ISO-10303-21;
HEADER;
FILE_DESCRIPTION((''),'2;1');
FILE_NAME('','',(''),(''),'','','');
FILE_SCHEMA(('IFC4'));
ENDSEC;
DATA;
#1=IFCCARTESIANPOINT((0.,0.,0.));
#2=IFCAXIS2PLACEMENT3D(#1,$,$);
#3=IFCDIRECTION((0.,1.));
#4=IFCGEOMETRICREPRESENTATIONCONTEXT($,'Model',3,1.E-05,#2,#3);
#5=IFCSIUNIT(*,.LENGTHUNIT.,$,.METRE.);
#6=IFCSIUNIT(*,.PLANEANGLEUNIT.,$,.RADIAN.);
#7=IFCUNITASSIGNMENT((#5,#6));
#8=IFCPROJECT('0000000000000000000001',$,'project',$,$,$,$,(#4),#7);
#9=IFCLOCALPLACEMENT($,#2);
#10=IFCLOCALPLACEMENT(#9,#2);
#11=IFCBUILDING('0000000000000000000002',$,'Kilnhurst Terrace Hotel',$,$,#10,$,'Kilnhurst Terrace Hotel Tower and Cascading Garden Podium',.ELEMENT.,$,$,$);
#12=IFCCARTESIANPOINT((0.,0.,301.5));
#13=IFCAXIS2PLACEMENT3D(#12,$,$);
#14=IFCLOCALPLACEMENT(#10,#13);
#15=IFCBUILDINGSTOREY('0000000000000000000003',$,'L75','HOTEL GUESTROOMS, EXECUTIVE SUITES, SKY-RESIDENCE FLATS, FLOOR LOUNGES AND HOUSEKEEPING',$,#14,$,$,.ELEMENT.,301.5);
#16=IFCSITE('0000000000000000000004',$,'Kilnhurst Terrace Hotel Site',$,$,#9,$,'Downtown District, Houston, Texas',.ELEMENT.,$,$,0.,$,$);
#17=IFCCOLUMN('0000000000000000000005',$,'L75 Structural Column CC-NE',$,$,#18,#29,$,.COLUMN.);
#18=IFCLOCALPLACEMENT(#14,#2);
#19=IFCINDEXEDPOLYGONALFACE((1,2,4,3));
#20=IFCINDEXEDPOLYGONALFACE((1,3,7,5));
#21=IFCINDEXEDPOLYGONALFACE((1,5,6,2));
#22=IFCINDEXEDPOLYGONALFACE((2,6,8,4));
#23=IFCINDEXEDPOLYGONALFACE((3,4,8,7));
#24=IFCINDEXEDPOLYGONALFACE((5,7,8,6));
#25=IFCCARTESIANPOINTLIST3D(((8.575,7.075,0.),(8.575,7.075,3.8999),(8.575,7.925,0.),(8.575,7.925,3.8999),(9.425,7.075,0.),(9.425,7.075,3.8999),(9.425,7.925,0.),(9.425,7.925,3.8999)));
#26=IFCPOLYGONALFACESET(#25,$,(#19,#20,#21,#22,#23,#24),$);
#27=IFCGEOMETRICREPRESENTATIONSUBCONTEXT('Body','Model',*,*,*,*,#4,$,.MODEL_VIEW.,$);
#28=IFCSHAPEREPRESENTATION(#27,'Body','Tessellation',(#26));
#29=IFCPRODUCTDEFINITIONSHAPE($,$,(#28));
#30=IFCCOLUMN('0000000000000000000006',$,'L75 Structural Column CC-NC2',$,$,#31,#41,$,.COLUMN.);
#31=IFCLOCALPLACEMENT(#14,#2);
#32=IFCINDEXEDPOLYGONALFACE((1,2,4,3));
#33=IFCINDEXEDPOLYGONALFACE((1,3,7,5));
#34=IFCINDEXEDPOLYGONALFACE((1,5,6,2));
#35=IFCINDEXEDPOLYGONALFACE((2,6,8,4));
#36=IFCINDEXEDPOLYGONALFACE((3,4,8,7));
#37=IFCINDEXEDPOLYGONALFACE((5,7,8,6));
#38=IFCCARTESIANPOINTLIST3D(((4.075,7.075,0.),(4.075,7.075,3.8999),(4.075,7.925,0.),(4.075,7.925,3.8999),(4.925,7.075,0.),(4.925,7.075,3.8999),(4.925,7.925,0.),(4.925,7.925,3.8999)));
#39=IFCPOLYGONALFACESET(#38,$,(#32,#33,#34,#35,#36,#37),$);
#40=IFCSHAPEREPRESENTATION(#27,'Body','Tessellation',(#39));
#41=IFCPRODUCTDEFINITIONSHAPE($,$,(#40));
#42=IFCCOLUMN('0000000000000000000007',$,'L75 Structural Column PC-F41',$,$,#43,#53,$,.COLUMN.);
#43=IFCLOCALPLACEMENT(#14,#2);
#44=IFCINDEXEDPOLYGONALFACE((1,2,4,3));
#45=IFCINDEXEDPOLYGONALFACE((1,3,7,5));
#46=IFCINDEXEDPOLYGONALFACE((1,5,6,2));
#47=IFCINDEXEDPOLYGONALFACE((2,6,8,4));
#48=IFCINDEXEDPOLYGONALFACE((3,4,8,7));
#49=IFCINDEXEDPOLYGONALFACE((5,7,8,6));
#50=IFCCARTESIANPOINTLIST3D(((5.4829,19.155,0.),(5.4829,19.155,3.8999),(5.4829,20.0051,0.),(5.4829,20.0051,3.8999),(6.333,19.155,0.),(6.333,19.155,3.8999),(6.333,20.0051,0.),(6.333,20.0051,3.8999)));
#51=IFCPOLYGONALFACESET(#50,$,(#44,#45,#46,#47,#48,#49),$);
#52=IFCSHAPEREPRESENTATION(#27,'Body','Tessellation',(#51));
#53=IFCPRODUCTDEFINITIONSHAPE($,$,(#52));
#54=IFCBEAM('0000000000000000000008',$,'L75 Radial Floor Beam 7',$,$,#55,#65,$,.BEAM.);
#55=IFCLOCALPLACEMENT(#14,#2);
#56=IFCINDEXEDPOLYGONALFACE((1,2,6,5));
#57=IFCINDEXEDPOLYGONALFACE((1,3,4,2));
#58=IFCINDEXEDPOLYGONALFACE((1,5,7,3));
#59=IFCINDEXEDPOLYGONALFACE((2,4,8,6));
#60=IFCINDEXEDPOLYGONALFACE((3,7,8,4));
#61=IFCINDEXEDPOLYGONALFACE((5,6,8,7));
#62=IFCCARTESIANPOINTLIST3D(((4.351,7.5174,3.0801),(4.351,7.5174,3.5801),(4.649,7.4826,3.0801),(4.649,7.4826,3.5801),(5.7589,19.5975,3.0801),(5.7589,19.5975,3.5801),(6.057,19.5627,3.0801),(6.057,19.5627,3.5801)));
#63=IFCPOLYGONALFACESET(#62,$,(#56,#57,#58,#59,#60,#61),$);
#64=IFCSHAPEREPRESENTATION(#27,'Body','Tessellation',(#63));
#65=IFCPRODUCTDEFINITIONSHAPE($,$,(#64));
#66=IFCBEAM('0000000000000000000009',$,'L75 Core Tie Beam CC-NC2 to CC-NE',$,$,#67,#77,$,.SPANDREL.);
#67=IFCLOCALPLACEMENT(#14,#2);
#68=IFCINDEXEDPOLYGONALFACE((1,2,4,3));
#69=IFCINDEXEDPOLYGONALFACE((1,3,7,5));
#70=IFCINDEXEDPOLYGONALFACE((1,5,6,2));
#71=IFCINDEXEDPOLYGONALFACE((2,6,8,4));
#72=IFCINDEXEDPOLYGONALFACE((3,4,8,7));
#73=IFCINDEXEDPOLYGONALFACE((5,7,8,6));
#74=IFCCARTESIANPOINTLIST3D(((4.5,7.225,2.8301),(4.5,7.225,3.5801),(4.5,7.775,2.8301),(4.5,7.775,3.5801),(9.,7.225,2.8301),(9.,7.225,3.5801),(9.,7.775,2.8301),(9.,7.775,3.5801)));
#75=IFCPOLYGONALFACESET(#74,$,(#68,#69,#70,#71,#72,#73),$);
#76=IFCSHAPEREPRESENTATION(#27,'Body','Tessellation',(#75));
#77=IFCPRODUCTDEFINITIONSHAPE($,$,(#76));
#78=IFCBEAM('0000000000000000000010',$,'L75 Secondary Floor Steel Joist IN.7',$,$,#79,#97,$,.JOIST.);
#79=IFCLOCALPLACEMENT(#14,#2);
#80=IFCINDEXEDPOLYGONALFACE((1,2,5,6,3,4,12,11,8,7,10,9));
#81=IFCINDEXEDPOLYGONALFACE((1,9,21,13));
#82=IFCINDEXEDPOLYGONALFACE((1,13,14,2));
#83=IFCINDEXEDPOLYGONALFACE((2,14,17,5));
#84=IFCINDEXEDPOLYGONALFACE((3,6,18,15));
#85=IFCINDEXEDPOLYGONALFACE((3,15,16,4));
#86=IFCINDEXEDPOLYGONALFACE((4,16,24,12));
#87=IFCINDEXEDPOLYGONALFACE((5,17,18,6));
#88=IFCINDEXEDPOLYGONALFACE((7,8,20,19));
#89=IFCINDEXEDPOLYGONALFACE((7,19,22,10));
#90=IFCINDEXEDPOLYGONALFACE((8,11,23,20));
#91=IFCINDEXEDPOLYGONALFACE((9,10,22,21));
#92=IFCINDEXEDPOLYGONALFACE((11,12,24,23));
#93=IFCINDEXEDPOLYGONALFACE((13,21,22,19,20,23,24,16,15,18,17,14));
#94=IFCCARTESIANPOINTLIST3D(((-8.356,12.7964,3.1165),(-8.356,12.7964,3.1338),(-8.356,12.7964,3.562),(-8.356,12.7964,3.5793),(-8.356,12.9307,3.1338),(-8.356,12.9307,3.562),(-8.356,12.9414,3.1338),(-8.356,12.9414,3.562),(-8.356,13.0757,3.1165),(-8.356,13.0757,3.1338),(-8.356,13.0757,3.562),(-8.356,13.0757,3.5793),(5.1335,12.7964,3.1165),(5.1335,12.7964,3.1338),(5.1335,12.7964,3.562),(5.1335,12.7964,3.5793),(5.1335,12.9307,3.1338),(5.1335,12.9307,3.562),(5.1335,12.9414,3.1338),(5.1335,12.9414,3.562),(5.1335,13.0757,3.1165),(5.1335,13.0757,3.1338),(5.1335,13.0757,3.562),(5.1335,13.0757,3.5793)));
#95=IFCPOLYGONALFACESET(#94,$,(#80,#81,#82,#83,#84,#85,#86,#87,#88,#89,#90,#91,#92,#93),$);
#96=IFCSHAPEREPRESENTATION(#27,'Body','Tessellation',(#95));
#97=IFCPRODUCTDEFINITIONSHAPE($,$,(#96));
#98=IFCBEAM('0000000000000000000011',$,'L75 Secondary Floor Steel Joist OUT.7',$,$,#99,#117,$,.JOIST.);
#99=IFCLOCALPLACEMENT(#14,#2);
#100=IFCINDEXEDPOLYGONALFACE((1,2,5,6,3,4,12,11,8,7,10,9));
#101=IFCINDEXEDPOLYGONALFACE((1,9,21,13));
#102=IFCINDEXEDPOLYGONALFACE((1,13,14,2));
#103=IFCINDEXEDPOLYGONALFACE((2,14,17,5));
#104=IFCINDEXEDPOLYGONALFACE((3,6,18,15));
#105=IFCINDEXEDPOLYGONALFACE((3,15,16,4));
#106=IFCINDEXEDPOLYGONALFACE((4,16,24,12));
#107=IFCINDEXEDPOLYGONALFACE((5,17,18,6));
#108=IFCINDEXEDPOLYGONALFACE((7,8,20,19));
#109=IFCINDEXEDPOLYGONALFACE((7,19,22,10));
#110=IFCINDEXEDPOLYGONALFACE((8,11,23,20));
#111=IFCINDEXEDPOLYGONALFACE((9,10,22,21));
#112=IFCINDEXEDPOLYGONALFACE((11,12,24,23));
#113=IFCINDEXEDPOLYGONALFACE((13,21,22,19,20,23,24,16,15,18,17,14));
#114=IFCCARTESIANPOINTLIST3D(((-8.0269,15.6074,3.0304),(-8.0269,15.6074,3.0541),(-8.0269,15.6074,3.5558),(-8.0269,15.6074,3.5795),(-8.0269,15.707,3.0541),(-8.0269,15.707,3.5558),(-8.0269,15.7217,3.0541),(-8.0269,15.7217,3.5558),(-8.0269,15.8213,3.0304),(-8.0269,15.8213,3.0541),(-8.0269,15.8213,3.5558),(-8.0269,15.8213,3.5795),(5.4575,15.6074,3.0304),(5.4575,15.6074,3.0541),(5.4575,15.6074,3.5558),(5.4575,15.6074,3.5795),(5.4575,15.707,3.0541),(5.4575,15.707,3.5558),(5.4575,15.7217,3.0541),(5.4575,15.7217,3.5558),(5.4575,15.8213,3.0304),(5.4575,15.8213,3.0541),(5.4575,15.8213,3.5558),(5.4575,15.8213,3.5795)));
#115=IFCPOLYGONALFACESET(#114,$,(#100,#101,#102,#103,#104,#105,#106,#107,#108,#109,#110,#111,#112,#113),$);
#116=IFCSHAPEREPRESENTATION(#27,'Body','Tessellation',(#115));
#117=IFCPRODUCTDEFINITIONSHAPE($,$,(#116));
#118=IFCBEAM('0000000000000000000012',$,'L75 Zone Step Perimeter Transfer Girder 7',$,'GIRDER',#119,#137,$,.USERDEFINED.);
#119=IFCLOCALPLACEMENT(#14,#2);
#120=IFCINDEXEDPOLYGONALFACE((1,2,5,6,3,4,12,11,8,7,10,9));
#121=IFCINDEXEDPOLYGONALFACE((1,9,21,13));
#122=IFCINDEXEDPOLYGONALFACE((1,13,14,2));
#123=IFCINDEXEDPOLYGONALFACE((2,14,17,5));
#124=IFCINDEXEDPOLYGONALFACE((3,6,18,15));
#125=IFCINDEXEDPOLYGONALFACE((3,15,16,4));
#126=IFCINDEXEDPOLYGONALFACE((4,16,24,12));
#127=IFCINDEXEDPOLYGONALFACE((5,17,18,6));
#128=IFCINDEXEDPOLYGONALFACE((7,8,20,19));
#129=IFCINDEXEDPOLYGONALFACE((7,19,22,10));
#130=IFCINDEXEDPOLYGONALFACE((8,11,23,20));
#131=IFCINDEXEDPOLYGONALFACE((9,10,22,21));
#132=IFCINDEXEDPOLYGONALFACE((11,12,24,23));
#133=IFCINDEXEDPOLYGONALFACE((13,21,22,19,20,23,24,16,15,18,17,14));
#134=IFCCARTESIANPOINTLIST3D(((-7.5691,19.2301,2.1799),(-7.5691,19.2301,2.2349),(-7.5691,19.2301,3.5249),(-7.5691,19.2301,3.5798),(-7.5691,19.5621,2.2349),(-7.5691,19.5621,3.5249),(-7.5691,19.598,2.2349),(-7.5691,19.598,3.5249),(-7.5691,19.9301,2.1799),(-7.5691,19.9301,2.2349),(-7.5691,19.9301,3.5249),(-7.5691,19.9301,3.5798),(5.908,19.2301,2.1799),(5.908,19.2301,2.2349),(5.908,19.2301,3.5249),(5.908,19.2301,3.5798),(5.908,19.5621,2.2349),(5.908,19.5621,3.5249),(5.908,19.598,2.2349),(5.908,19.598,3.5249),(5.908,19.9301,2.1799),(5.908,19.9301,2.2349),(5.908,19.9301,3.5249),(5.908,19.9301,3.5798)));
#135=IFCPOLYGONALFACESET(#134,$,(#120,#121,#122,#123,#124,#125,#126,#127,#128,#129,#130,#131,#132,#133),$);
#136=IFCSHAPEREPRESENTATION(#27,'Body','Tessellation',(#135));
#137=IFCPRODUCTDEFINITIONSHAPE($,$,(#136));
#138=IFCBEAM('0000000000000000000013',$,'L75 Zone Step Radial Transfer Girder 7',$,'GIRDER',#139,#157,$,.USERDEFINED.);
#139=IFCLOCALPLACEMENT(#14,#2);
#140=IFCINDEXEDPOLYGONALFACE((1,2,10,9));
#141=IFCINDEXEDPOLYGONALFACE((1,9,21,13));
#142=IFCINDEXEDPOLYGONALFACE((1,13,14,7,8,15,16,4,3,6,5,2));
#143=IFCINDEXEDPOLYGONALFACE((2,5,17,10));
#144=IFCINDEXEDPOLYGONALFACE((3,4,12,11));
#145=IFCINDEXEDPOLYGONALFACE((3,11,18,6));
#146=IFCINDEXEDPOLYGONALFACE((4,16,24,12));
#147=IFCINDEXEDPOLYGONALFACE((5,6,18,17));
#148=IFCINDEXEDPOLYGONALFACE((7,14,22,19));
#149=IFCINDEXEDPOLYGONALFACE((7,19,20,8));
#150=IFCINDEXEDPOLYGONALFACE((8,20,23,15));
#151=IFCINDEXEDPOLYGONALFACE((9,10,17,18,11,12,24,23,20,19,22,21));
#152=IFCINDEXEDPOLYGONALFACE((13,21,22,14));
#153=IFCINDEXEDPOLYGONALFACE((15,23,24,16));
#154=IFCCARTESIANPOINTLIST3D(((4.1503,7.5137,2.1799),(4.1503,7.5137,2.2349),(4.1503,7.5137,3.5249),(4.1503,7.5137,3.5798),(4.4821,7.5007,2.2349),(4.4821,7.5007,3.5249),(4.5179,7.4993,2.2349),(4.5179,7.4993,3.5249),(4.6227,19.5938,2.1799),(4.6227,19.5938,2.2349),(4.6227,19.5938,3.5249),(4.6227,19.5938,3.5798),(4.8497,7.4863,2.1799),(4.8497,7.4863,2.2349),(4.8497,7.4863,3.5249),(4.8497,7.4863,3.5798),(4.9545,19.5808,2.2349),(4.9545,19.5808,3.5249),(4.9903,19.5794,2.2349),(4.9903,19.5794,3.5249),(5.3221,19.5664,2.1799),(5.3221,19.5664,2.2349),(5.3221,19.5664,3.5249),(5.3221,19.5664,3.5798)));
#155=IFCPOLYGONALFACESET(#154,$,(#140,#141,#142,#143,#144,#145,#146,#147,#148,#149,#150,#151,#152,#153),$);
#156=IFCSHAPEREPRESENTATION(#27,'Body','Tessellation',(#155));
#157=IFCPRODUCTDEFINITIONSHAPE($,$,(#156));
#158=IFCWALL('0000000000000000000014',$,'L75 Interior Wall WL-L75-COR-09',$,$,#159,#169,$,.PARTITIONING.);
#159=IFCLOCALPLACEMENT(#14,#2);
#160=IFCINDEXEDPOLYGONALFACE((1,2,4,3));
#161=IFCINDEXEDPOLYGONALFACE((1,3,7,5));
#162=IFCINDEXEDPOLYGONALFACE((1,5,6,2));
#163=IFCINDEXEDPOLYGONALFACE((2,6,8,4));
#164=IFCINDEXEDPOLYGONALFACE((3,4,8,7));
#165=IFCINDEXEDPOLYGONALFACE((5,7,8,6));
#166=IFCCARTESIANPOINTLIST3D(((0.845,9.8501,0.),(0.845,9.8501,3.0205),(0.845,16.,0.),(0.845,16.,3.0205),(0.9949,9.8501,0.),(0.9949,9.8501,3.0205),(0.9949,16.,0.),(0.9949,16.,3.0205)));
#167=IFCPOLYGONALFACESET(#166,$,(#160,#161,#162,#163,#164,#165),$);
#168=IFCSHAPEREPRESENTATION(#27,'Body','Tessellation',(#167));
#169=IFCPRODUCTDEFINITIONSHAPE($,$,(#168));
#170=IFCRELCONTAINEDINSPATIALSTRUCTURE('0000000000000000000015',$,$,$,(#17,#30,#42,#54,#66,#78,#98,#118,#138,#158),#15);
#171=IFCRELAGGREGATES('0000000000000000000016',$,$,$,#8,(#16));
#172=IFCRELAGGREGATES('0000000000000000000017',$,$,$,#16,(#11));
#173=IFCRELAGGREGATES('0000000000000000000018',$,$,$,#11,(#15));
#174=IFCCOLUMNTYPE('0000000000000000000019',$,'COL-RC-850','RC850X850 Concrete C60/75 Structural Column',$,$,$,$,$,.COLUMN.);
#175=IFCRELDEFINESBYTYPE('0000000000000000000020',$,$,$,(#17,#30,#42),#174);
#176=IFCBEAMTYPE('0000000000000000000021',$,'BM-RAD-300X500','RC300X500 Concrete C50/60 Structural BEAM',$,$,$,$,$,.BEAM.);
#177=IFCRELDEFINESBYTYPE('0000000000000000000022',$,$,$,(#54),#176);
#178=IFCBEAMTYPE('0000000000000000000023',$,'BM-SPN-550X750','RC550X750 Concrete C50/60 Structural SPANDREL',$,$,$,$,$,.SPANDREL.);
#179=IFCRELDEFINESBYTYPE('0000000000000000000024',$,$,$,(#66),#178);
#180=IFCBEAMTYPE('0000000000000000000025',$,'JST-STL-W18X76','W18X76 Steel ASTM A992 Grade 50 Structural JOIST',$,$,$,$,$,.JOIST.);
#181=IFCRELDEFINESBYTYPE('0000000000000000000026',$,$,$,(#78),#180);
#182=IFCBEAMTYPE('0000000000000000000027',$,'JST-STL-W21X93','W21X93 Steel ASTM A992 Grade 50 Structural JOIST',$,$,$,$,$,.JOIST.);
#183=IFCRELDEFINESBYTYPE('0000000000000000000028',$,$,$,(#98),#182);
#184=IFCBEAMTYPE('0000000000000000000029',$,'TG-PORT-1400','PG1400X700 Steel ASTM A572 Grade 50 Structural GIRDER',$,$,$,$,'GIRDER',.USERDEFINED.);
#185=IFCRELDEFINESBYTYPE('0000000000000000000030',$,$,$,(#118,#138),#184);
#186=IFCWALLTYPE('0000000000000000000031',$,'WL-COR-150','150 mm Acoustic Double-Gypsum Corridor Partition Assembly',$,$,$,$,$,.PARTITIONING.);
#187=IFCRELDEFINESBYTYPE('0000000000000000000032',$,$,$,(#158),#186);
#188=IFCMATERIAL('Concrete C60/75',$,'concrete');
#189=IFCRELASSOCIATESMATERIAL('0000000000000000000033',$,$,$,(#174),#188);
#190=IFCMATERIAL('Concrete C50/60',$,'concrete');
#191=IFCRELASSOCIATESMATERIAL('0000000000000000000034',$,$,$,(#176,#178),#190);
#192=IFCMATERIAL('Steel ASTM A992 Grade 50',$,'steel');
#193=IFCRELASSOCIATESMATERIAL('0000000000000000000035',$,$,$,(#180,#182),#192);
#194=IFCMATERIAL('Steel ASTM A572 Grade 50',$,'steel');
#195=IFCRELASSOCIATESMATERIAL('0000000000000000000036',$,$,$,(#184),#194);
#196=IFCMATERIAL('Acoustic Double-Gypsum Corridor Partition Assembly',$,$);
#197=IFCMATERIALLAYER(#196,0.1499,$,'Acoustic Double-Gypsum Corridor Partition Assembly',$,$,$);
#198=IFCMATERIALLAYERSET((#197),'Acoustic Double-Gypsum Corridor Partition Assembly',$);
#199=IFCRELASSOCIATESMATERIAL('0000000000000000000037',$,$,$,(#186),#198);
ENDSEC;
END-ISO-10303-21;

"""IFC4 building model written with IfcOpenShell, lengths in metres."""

from ifc_helpers import new_model, si_unit, direction, frame, frame_2d, origin, origin_2d, place, context, subcontext, project, spatial, rectangle, i_section, extrude, material, layer, layer_set, material_profile, profile_set, type_object, element, save


model = new_model("IFC4")

# Units and contexts
model_context = context("Model", 3, precision=1e-05, world=origin(), true_north=direction((0.0, 1.0)))
body_context = subcontext(model_context, "Body", "Model", "MODEL_VIEW")
ifc_project = project(units=[si_unit("LENGTHUNIT", "METRE"), si_unit("PLANEANGLEUNIT", "RADIAN")], contexts=[model_context])

# Site, building, storey
site_placement = place(None, origin())
site = spatial("IfcSite", under=ifc_project, at=site_placement, Name="Kilnhurst Terrace Hotel Site", LongName="Downtown District, Houston, Texas", CompositionType="ELEMENT", RefElevation=0.0)
building_placement = place(site_placement, origin())
building = spatial("IfcBuilding", under=site, at=building_placement, Name="Kilnhurst Terrace Hotel", LongName="Kilnhurst Terrace Hotel Tower and Cascading Garden Podium", CompositionType="ELEMENT")
storey_placement = place(building_placement, frame((0.0, 0.0, 301.5)))
storey = spatial("IfcBuildingStorey", under=building, at=storey_placement, Name="L75", Description="HOTEL GUESTROOMS, EXECUTIVE SUITES, SKY-RESIDENCE FLATS, FLOOR LOUNGES AND HOUSEKEEPING", CompositionType="ELEMENT", Elevation=301.5)

# Columns
ifc_material_1 = material(Name="Concrete C60/75", Category="concrete")
ifc_material_profile_1 = material_profile(ifc_material_1, rectangle(XDim=0.8501, YDim=0.8501, at=origin_2d()), Name="RC850X850")
ifc_profile_set_1 = profile_set([ifc_material_profile_1], Name="Concrete C60/75")
column_type = type_object("IfcColumnType", Name="COL-RC-850", Description="RC850X850 Concrete C60/75 Structural Column", PredefinedType="COLUMN", material=ifc_profile_set_1)
for number, where, z_axis, x_axis, name in (
    (1, (9.0, 7.5, 0.0), (0.0, 0.0, 1.0), (1.0, 0.0, 0.0), "L75 Structural Column CC-NE"),
    (2, (4.5, 7.5, 0.0), (0.0, 0.0, 1.0), (1.0, 0.0, 0.0), "L75 Structural Column CC-NC2"),
    (3, (5.908, 19.5801, 0.0), (0.0, 0.0, 1.0), (1.0, 0.0, 0.0), "L75 Structural Column PC-F41"),
):
    element("IfcColumn", number, at=place(storey_placement, frame(where, z_axis=z_axis, x_axis=x_axis)), inside=storey, type_object=column_type, Name=name, PredefinedType="COLUMN", context=body_context, shape_type="SweptSolid", body=[
        extrude(rectangle(XDim=0.8501, YDim=0.8501, at=origin_2d()), origin(), (0.0, 0.0, 1.0), 3.8999),
    ])

# Beams
ifc_material_2 = material(Name="Concrete C50/60", Category="concrete")
ifc_material_profile_2 = material_profile(ifc_material_2, rectangle(XDim=0.3, YDim=0.5, at=origin_2d()), Name="RC300X500")
ifc_profile_set_2 = profile_set([ifc_material_profile_2], Name="Concrete C50/60")
beam_type_1 = type_object("IfcBeamType", Name="BM-RAD-300X500", Description="RC300X500 Concrete C50/60 Structural BEAM", PredefinedType="BEAM", material=ifc_profile_set_2)
beam_1_placement = place(storey_placement, frame((4.5, 7.5, 3.3301), z_axis=(0.115768, 0.993276, 0.0), x_axis=(-0.993276, 0.115768, 0.0)))
element("IfcBeam", 4, at=beam_1_placement, inside=storey, type_object=beam_type_1, Name="L75 Radial Floor Beam 7", PredefinedType="BEAM", context=body_context, shape_type="SweptSolid", body=[
    extrude(rectangle(XDim=0.3, YDim=0.5, at=origin_2d()), origin(), (0.0, 0.0, 1.0), 12.1619),
])
ifc_material_profile_3 = material_profile(ifc_material_2, rectangle(XDim=0.55, YDim=0.75, at=origin_2d()), Name="RC550X750")
ifc_profile_set_3 = profile_set([ifc_material_profile_3], Name="Concrete C50/60")
beam_type_2 = type_object("IfcBeamType", Name="BM-SPN-550X750", Description="RC550X750 Concrete C50/60 Structural SPANDREL", PredefinedType="SPANDREL", material=ifc_profile_set_3)
beam_2_placement = place(storey_placement, frame((4.5, 7.5, 3.2051), z_axis=(1.0, 0.0, 0.0), x_axis=(0.0, 1.0, 0.0)))
element("IfcBeam", 5, at=beam_2_placement, inside=storey, type_object=beam_type_2, Name="L75 Core Tie Beam CC-NC2 to CC-NE", PredefinedType="SPANDREL", context=body_context, shape_type="SweptSolid", body=[
    extrude(rectangle(XDim=0.55, YDim=0.75, at=origin_2d()), origin(), (0.0, 0.0, 1.0), 4.5),
])
ifc_material_3 = material(Name="Steel ASTM A992 Grade 50", Category="steel")
ifc_material_profile_4 = material_profile(ifc_material_3, i_section(OverallWidth=0.2793, OverallDepth=0.4629, WebThickness=0.0107, FlangeThickness=0.0173, at=origin_2d()), Name="W18X76")
ifc_profile_set_4 = profile_set([ifc_material_profile_4], Name="Steel ASTM A992 Grade 50")
beam_type_3 = type_object("IfcBeamType", Name="JST-STL-W18X76", Description="W18X76 Steel ASTM A992 Grade 50 Structural JOIST", PredefinedType="JOIST", material=ifc_profile_set_4)
beam_3_placement = place(storey_placement, frame((5.1335, 12.936, 3.3479), z_axis=(-1.0, 0.0, 0.0), x_axis=(0.0, -1.0, 0.0)))
element("IfcBeam", 6, at=beam_3_placement, inside=storey, type_object=beam_type_3, Name="L75 Secondary Floor Steel Joist IN.7", PredefinedType="JOIST", context=body_context, shape_type="SweptSolid", body=[
    extrude(i_section(OverallWidth=0.2793, OverallDepth=0.4629, WebThickness=0.0107, FlangeThickness=0.0173, at=origin_2d()), origin(), (0.0, 0.0, 1.0), 13.4895),
])
ifc_material_profile_5 = material_profile(ifc_material_3, i_section(OverallWidth=0.2139, OverallDepth=0.5491, WebThickness=0.0146, FlangeThickness=0.0237, at=origin_2d()), Name="W21X93")
ifc_profile_set_5 = profile_set([ifc_material_profile_5], Name="Steel ASTM A992 Grade 50")
beam_type_4 = type_object("IfcBeamType", Name="JST-STL-W21X93", Description="W21X93 Steel ASTM A992 Grade 50 Structural JOIST", PredefinedType="JOIST", material=ifc_profile_set_5)
beam_4_placement = place(storey_placement, frame((5.4575, 15.7144, 3.3049), z_axis=(-1.0, 0.0, 0.0), x_axis=(0.0, -1.0, 0.0)))
element("IfcBeam", 7, at=beam_4_placement, inside=storey, type_object=beam_type_4, Name="L75 Secondary Floor Steel Joist OUT.7", PredefinedType="JOIST", context=body_context, shape_type="SweptSolid", body=[
    extrude(i_section(OverallWidth=0.2139, OverallDepth=0.5491, WebThickness=0.0146, FlangeThickness=0.0237, at=origin_2d()), origin(), (0.0, 0.0, 1.0), 13.4844),
])
ifc_material_4 = material(Name="Steel ASTM A572 Grade 50", Category="steel")
ifc_material_profile_6 = material_profile(ifc_material_4, i_section(OverallWidth=0.7, OverallDepth=1.3999, WebThickness=0.0359, FlangeThickness=0.0549, at=origin_2d()), Name="PG1400X700")
ifc_profile_set_6 = profile_set([ifc_material_profile_6], Name="Steel ASTM A572 Grade 50")
beam_type_5 = type_object("IfcBeamType", Name="TG-PORT-1400", Description="PG1400X700 Steel ASTM A572 Grade 50 Structural GIRDER", ElementType="GIRDER", PredefinedType="USERDEFINED", material=ifc_profile_set_6)
beam_5_placement = place(storey_placement, frame((5.908, 19.5801, 2.8799), z_axis=(-1.0, 0.0, 0.0), x_axis=(0.0, -1.0, 0.0)))
element("IfcBeam", 8, at=beam_5_placement, inside=storey, type_object=beam_type_5, Name="L75 Zone Step Perimeter Transfer Girder 7", ObjectType="GIRDER", PredefinedType="USERDEFINED", context=body_context, shape_type="SweptSolid", body=[
    extrude(i_section(OverallWidth=0.7, OverallDepth=1.3999, WebThickness=0.0359, FlangeThickness=0.0549, at=origin_2d()), origin(), (0.0, 0.0, 1.0), 13.4771),
])
beam_6_placement = place(storey_placement, frame((4.5, 7.5, 2.8799), z_axis=(0.039077, 0.999236, 0.0), x_axis=(-0.999236, 0.039077, 0.0)))
element("IfcBeam", 9, at=beam_6_placement, inside=storey, type_object=beam_type_5, Name="L75 Zone Step Radial Transfer Girder 7", ObjectType="GIRDER", PredefinedType="USERDEFINED", context=body_context, shape_type="SweptSolid", body=[
    extrude(i_section(OverallWidth=0.7, OverallDepth=1.3999, WebThickness=0.0359, FlangeThickness=0.0549, at=origin_2d()), origin(), (0.0, 0.0, 1.0), 12.0894),
])

# Wall
ifc_material_5 = material(Name="Acoustic Double-Gypsum Corridor Partition Assembly")
ifc_layer_1 = layer(ifc_material_5, 0.1499, Name="Acoustic Double-Gypsum Corridor Partition Assembly")
ifc_layer_set_1 = layer_set([ifc_layer_1], Name="Acoustic Double-Gypsum Corridor Partition Assembly")
wall_type_1 = type_object("IfcWallType", Name="WL-COR-150", Description="150 mm Acoustic Double-Gypsum Corridor Partition Assembly", PredefinedType="PARTITIONING", material=ifc_layer_set_1)
wall_1_placement = place(storey_placement, frame((0.9199, 16.0, 0.0), z_axis=(0.0, 0.0, 1.0), x_axis=(0.0, -1.0, 0.0)))
element("IfcWall", 10, at=wall_1_placement, inside=storey, type_object=wall_type_1, Name="L75 Interior Wall WL-L75-COR-09", PredefinedType="PARTITIONING", context=body_context, shape_type="SweptSolid", body=[
    extrude(rectangle(XDim=6.1499, YDim=0.1499, at=frame_2d((3.075, 0.0))), origin(), (0.0, 0.0, 1.0), 3.0205),
])

save(model, "model.ifc")
